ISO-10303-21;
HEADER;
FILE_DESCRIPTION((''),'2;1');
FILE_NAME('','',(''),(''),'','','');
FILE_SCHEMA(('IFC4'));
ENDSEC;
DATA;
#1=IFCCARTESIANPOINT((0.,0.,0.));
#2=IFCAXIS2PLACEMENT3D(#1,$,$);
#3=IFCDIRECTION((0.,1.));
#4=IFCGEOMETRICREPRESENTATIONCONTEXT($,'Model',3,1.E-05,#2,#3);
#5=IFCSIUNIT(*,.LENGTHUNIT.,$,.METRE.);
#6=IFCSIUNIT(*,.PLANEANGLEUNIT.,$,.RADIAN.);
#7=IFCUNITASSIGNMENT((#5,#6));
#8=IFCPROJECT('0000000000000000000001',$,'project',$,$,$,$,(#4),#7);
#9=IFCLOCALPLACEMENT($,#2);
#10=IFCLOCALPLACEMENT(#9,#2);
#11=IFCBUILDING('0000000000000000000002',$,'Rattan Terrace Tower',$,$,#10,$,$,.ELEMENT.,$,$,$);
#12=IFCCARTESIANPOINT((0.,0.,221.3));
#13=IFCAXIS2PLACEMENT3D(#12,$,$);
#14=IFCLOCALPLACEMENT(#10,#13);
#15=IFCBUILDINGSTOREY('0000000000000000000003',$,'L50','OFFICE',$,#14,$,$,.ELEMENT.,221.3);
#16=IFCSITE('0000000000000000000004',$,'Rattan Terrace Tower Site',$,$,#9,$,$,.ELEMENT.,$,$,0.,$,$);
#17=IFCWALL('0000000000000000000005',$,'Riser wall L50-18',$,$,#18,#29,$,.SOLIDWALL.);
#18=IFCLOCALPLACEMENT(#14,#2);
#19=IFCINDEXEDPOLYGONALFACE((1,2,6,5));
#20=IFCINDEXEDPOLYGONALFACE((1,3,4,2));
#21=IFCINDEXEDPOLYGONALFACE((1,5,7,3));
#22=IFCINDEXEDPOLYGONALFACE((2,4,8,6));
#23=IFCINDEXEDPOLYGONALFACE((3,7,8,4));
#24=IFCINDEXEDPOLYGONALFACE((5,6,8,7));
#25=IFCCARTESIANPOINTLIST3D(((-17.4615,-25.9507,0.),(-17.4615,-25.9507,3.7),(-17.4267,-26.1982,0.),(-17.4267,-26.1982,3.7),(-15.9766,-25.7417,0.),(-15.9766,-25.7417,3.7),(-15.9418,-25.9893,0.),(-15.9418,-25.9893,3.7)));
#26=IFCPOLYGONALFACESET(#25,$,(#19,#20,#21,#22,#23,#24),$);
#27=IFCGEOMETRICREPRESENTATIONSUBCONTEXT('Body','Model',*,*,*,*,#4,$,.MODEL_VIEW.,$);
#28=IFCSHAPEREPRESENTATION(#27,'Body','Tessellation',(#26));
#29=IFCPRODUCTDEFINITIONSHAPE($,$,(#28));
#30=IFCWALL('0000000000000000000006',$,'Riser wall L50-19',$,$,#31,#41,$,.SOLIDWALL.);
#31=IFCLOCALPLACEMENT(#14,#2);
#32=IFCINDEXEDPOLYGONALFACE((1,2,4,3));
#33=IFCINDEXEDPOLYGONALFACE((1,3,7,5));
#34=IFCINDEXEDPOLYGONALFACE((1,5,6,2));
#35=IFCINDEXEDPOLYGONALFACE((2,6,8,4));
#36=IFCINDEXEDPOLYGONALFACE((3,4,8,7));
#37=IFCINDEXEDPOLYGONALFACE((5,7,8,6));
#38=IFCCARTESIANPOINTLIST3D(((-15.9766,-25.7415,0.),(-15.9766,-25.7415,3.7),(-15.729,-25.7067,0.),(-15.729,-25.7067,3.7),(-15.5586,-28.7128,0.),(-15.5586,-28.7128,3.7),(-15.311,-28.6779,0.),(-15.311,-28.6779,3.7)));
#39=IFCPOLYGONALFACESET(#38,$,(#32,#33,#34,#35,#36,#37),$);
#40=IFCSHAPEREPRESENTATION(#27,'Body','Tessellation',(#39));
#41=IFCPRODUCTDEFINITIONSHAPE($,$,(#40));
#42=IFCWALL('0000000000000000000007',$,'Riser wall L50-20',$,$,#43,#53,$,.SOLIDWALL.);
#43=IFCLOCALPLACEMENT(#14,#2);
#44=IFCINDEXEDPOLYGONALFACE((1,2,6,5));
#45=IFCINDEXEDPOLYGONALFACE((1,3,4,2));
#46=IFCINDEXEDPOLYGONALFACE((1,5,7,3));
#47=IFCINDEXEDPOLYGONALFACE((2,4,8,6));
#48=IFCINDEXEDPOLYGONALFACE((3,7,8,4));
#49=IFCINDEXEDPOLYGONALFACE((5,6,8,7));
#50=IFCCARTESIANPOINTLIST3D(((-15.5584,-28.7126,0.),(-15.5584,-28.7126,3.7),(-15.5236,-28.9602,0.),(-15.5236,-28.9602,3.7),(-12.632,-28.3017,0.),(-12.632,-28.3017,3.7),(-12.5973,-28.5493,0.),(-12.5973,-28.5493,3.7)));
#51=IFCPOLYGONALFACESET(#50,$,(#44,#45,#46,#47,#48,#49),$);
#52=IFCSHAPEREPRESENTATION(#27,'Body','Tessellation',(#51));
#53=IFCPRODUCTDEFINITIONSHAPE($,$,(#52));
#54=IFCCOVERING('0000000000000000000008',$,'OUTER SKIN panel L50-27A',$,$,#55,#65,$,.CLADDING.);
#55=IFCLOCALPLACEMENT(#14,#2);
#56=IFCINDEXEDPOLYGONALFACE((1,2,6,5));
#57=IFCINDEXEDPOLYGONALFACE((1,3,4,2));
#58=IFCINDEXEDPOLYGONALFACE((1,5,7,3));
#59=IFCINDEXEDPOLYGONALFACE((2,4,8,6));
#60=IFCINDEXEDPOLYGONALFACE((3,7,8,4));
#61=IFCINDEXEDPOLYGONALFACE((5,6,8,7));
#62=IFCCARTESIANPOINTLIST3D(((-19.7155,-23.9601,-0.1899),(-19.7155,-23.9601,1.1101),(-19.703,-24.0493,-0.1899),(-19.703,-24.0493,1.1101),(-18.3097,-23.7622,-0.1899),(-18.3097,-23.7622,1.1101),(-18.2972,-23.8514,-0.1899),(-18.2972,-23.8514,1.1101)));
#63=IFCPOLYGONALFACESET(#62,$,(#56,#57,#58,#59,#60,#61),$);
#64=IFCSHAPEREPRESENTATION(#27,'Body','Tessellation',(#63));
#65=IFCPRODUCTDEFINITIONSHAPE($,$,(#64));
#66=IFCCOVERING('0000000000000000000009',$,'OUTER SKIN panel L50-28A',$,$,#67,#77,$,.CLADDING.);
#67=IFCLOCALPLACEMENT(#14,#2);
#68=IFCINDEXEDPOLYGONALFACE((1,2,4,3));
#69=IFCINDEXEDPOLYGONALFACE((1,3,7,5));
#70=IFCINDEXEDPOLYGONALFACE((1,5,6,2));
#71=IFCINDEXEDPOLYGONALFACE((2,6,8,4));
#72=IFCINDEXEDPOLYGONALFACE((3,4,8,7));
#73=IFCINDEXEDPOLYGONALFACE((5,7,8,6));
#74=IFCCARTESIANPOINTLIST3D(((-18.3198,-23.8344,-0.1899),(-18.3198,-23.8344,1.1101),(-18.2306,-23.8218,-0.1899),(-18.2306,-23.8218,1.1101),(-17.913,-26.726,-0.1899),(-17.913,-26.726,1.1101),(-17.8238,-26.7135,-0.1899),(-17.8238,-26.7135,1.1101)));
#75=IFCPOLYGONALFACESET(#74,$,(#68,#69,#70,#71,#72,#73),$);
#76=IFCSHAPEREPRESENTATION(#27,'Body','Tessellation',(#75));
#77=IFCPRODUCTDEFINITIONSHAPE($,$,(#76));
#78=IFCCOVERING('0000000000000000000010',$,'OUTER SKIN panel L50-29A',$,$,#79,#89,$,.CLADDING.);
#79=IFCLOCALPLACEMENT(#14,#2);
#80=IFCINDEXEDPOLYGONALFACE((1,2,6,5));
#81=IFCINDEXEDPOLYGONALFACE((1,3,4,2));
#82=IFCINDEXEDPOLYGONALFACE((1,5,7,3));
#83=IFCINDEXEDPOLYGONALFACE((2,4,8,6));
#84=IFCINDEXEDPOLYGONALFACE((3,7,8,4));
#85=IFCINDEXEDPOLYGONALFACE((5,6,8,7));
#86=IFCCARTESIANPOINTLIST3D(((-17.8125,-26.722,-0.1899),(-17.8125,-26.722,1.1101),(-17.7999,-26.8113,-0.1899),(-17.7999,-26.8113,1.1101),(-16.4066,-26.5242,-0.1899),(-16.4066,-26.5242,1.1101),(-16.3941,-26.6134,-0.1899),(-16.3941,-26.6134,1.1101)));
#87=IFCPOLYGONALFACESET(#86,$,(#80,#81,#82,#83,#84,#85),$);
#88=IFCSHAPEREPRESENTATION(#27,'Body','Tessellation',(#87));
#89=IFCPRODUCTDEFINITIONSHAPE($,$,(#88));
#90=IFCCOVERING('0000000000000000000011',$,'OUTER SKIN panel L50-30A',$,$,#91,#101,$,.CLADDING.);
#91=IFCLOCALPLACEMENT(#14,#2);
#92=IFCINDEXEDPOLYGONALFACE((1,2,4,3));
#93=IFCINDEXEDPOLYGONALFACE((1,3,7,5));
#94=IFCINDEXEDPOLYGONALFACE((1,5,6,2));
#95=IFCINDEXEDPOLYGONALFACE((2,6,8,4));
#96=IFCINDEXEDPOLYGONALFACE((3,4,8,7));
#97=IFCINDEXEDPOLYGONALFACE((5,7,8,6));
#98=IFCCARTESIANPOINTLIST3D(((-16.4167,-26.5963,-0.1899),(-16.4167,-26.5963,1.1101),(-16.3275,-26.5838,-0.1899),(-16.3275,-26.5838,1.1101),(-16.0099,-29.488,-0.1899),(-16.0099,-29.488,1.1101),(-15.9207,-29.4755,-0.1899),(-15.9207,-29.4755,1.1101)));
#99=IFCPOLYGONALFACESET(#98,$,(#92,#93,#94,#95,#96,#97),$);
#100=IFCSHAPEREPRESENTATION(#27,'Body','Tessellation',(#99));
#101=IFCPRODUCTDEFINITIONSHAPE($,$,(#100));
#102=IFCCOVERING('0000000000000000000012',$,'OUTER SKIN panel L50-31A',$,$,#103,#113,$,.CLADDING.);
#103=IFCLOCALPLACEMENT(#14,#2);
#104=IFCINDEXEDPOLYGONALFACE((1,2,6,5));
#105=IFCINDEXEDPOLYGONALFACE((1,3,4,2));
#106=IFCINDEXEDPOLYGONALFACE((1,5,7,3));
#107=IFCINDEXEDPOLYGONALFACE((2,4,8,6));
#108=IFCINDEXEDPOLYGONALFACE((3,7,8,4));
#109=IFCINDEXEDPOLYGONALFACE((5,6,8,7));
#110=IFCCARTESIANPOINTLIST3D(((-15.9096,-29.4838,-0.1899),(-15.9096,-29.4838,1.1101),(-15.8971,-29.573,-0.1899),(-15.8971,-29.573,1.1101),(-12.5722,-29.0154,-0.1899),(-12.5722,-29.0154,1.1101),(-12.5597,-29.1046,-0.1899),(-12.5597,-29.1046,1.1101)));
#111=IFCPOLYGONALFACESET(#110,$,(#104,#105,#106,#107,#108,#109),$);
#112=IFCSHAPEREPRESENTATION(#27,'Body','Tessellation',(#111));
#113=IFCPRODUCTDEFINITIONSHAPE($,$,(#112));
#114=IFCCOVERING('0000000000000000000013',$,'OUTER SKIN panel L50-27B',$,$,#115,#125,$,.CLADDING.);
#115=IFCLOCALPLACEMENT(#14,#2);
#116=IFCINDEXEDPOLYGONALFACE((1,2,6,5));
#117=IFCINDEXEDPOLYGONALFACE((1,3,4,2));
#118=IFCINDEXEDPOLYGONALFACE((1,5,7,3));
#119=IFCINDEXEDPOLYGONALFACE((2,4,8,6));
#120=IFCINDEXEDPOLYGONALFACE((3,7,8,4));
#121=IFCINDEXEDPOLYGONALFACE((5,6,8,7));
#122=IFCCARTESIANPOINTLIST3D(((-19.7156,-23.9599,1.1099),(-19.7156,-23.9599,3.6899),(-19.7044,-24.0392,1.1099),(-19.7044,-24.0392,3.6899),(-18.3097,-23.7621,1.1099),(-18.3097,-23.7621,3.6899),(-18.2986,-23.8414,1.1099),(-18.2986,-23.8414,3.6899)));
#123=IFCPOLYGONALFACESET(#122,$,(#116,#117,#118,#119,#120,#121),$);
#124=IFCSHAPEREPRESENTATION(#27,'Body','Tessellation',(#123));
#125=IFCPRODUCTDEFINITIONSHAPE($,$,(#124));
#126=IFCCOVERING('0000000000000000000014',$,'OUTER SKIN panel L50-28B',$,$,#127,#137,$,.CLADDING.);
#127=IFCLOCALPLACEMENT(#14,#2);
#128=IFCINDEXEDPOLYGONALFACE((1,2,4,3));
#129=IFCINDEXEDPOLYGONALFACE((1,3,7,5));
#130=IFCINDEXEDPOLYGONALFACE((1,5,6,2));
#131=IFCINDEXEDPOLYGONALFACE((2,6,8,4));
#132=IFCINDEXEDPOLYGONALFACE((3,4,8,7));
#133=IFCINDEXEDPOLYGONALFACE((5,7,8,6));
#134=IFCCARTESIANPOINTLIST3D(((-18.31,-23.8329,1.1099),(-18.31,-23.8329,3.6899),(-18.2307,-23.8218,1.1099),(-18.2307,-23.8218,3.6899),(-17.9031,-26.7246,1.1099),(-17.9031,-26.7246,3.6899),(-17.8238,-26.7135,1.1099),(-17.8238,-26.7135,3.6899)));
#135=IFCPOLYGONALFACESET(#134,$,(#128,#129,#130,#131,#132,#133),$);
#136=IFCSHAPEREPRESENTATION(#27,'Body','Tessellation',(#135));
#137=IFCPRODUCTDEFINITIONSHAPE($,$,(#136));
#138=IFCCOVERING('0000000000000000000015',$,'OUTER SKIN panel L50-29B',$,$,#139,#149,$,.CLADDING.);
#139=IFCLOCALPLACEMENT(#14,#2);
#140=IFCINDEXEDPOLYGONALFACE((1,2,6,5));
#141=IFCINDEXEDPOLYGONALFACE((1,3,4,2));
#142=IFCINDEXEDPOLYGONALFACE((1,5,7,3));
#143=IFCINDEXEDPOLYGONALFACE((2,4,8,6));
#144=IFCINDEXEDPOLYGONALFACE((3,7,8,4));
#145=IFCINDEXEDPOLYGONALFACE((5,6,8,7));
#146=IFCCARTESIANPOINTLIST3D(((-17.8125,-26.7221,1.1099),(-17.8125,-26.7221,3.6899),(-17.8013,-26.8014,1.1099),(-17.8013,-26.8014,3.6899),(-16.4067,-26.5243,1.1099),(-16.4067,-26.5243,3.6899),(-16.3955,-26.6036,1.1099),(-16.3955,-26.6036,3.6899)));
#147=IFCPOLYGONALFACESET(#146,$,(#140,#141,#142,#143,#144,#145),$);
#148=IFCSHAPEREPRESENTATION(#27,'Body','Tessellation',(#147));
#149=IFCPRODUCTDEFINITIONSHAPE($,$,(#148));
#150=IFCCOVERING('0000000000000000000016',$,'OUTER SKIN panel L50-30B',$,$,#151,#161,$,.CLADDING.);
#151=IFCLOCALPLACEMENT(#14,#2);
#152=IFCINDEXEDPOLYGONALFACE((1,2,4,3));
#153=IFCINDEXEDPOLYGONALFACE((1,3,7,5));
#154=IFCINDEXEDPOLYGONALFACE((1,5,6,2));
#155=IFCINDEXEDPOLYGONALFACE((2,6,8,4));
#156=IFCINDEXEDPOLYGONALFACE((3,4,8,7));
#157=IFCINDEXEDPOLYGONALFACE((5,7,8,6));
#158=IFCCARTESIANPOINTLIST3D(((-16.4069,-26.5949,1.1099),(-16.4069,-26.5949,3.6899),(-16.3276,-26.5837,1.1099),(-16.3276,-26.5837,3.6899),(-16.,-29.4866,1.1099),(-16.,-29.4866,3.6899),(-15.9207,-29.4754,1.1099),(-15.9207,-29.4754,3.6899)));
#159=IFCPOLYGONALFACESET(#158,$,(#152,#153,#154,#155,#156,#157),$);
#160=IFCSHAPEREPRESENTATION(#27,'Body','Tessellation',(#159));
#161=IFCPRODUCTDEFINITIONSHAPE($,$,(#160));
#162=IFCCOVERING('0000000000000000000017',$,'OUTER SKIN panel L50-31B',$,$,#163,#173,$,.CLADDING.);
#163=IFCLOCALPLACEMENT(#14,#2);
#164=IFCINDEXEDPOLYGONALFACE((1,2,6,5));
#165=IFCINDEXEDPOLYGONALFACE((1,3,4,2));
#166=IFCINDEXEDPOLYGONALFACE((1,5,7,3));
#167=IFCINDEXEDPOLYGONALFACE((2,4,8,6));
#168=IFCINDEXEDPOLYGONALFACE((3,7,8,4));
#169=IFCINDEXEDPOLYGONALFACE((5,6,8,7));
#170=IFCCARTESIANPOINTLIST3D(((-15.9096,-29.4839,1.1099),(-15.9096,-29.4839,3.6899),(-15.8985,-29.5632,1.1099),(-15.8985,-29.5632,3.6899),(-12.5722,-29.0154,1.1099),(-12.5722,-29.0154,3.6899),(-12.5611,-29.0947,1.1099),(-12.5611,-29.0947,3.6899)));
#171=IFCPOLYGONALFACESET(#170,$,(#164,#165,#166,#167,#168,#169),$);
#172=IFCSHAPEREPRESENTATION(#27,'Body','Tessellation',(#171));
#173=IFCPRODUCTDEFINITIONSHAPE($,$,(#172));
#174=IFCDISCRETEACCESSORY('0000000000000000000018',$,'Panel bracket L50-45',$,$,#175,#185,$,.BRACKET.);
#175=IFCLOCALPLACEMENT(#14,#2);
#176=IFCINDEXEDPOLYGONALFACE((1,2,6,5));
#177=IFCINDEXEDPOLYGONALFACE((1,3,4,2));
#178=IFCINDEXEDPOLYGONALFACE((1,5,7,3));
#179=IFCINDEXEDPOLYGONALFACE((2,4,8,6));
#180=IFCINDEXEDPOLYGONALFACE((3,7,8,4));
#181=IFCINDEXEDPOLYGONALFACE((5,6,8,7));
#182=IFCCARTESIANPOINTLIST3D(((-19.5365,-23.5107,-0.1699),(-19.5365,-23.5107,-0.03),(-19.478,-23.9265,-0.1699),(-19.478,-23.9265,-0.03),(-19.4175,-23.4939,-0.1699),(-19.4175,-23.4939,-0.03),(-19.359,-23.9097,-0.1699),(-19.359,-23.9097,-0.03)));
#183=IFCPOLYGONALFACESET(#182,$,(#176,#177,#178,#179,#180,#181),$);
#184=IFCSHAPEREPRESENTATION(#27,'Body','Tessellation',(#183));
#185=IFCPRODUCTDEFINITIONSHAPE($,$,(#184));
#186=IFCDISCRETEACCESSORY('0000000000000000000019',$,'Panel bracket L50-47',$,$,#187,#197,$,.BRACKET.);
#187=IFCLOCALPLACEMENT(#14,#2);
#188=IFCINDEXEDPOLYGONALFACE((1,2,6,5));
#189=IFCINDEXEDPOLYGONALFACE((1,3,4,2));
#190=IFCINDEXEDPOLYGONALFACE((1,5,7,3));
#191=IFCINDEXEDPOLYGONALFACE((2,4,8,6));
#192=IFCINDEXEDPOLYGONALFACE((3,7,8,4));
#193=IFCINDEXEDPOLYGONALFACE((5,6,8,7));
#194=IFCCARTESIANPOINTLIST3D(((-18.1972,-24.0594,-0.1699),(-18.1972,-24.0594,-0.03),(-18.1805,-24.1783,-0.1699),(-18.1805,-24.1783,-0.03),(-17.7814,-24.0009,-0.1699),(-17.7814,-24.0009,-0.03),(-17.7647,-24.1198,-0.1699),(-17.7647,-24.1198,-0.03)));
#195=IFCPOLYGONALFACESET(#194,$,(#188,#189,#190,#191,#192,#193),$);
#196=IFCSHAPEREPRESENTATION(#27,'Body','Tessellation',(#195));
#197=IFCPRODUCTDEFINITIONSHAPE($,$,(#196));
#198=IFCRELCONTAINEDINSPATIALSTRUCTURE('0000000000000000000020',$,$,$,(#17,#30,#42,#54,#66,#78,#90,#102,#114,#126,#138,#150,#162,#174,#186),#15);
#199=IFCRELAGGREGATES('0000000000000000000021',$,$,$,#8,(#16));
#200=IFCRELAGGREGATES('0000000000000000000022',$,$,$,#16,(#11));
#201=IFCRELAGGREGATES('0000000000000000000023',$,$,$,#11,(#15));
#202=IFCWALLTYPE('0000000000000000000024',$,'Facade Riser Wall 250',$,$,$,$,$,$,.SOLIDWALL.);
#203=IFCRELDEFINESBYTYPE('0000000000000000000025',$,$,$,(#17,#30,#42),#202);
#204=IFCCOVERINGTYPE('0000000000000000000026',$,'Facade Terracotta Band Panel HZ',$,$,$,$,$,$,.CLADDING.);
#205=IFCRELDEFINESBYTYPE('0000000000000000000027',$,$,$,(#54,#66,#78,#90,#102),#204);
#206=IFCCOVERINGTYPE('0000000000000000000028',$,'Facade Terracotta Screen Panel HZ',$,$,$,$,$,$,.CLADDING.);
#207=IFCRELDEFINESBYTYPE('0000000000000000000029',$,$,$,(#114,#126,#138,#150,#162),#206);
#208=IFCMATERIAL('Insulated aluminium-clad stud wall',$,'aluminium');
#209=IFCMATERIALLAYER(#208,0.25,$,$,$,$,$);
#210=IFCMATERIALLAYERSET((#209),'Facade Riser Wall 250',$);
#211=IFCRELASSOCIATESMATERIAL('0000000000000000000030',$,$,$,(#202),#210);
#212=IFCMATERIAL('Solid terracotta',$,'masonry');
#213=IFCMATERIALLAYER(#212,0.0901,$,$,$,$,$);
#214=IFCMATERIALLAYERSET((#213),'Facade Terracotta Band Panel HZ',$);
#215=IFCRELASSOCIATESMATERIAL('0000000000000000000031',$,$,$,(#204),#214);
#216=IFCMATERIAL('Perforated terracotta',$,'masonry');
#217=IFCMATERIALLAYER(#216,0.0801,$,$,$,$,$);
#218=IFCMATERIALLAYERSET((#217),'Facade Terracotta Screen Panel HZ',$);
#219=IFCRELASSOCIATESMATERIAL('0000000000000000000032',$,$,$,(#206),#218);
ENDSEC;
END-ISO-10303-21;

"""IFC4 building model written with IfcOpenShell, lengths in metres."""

from ifc_helpers import new_model, si_unit, direction, frame, frame_2d, origin, origin_2d, place, context, subcontext, project, spatial, rectangle, extrude, material, layer, layer_set, type_object, element, save


model = new_model("IFC4")

# Units and contexts
model_context = context("Model", 3, precision=1e-05, world=origin(), true_north=direction((0.0, 1.0)))
body_context = subcontext(model_context, "Body", "Model", "MODEL_VIEW")
ifc_project = project(units=[si_unit("LENGTHUNIT", "METRE"), si_unit("PLANEANGLEUNIT", "RADIAN")], contexts=[model_context])

# Site, building, storey
site_placement = place(None, origin())
site = spatial("IfcSite", under=ifc_project, at=site_placement, Name="Rattan Terrace Tower Site", CompositionType="ELEMENT", RefElevation=0.0)
building_placement = place(site_placement, origin())
building = spatial("IfcBuilding", under=site, at=building_placement, Name="Rattan Terrace Tower", CompositionType="ELEMENT")
storey_placement = place(building_placement, frame((0.0, 0.0, 221.3)))
storey = spatial("IfcBuildingStorey", under=building, at=storey_placement, Name="L50", Description="OFFICE", CompositionType="ELEMENT", Elevation=221.3)

# Walls
ifc_material_1 = material(Name="Insulated aluminium-clad stud wall", Category="aluminium")
ifc_layer_1 = layer(ifc_material_1, 0.25)
ifc_layer_set_1 = layer_set([ifc_layer_1], Name="Facade Riser Wall 250")
wall_type = type_object("IfcWallType", Name="Facade Riser Wall 250", PredefinedType="SOLIDWALL", material=ifc_layer_set_1)
wall_1_placement = place(storey_placement, frame((-17.4441, -26.0745, 0.0), z_axis=(0.0, 0.0, 1.0), x_axis=(0.99024, 0.13937, 0.0)))
element("IfcWall", 1, at=wall_1_placement, inside=storey, type_object=wall_type, Name="Riser wall L50-18", PredefinedType="SOLIDWALL", context=body_context, shape_type="SweptSolid", body=[
    extrude(rectangle(XDim=1.4995, YDim=0.25, at=frame_2d((0.7498, 0.0))), origin(), (0.0, 0.0, 1.0), 3.7),
])
wall_2_placement = place(storey_placement, frame((-15.8528, -25.7241, 0.0), z_axis=(0.0, 0.0, 1.0), x_axis=(0.139302, -0.99025, 0.0)))
element("IfcWall", 2, at=wall_2_placement, inside=storey, type_object=wall_type, Name="Riser wall L50-19", PredefinedType="SOLIDWALL", context=body_context, shape_type="SweptSolid", body=[
    extrude(rectangle(XDim=3.0005, YDim=0.25, at=frame_2d((1.5002, 0.0))), origin(), (0.0, 0.0, 1.0), 3.7),
])
wall_3_placement = place(storey_placement, frame((-15.541, -28.8364, 0.0), z_axis=(0.0, 0.0, 1.0), x_axis=(0.990285, 0.13905, 0.0)))
element("IfcWall", 3, at=wall_3_placement, inside=storey, type_object=wall_type, Name="Riser wall L50-20", PredefinedType="SOLIDWALL", context=body_context, shape_type="SweptSolid", body=[
    extrude(rectangle(XDim=2.9551, YDim=0.25, at=frame_2d((1.4775, 0.0))), origin(), (0.0, 0.0, 1.0), 3.7),
])

# Coverings
ifc_material_2 = material(Name="Solid terracotta", Category="masonry")
ifc_layer_2 = layer(ifc_material_2, 0.0901)
ifc_layer_set_2 = layer_set([ifc_layer_2], Name="Facade Terracotta Band Panel HZ")
covering_type_1 = type_object("IfcCoveringType", Name="Facade Terracotta Band Panel HZ", PredefinedType="CLADDING", material=ifc_layer_set_2)
covering_1_placement = place(storey_placement, frame((-19.0063, -23.9058, -0.1899), z_axis=(0.0, 0.0, 1.0), x_axis=(0.990241, 0.139367, 0.0)))
element("IfcCovering", 4, at=covering_1_placement, inside=storey, type_object=covering_type_1, Name="OUTER SKIN panel L50-27A", PredefinedType="CLADDING", context=body_context, shape_type="SweptSolid", body=[
    extrude(rectangle(XDim=1.4197, YDim=0.0901, at=origin_2d()), origin(), (0.0, 0.0, 1.0), 1.3),
])
covering_2_placement = place(storey_placement, frame((-18.0718, -25.2739, -0.1899), z_axis=(0.0, 0.0, 1.0), x_axis=(0.139321, -0.990247, 0.0)))
element("IfcCovering", 5, at=covering_2_placement, inside=storey, type_object=covering_type_1, Name="OUTER SKIN panel L50-28A", PredefinedType="CLADDING", context=body_context, shape_type="SweptSolid", body=[
    extrude(rectangle(XDim=2.9202, YDim=0.0901, at=origin_2d()), origin(), (0.0, 0.0, 1.0), 1.3),
])
covering_3_placement = place(storey_placement, frame((-17.1033, -26.6677, -0.1899), z_axis=(0.0, 0.0, 1.0), x_axis=(0.990241, 0.139367, 0.0)))
element("IfcCovering", 6, at=covering_3_placement, inside=storey, type_object=covering_type_1, Name="OUTER SKIN panel L50-29A", PredefinedType="CLADDING", context=body_context, shape_type="SweptSolid", body=[
    extrude(rectangle(XDim=1.4197, YDim=0.0901, at=origin_2d()), origin(), (0.0, 0.0, 1.0), 1.3),
])
covering_4_placement = place(storey_placement, frame((-16.1687, -28.0359, -0.1899), z_axis=(0.0, 0.0, 1.0), x_axis=(0.139321, -0.990247, 0.0)))
element("IfcCovering", 7, at=covering_4_placement, inside=storey, type_object=covering_type_1, Name="OUTER SKIN panel L50-30A", PredefinedType="CLADDING", context=body_context, shape_type="SweptSolid", body=[
    extrude(rectangle(XDim=2.9202, YDim=0.0901, at=origin_2d()), origin(), (0.0, 0.0, 1.0), 1.3),
])
covering_5_placement = place(storey_placement, frame((-14.2346, -29.2942, -0.1899), z_axis=(0.0, 0.0, 1.0), x_axis=(0.990293, 0.138994, 0.0)))
element("IfcCovering", 8, at=covering_5_placement, inside=storey, type_object=covering_type_1, Name="OUTER SKIN panel L50-31A", PredefinedType="CLADDING", context=body_context, shape_type="SweptSolid", body=[
    extrude(rectangle(XDim=3.3701, YDim=0.0901, at=origin_2d()), origin(), (0.0, 0.0, 1.0), 1.3),
])
ifc_material_3 = material(Name="Perforated terracotta", Category="masonry")
ifc_layer_3 = layer(ifc_material_3, 0.0801)
ifc_layer_set_3 = layer_set([ifc_layer_3], Name="Facade Terracotta Screen Panel HZ")
covering_type_2 = type_object("IfcCoveringType", Name="Facade Terracotta Screen Panel HZ", PredefinedType="CLADDING", material=ifc_layer_set_3)
covering_6_placement = place(storey_placement, frame((-19.0071, -23.9006, 1.1099), z_axis=(0.0, 0.0, 1.0), x_axis=(0.990241, 0.139367, 0.0)))
element("IfcCovering", 9, at=covering_6_placement, inside=storey, type_object=covering_type_2, Name="OUTER SKIN panel L50-27B", PredefinedType="CLADDING", context=body_context, shape_type="SweptSolid", body=[
    extrude(rectangle(XDim=1.4197, YDim=0.0801, at=origin_2d()), origin(), (0.0, 0.0, 1.0), 2.5801),
])
covering_7_placement = place(storey_placement, frame((-18.0669, -25.2732, 1.1099), z_axis=(0.0, 0.0, 1.0), x_axis=(0.139321, -0.990247, 0.0)))
element("IfcCovering", 10, at=covering_7_placement, inside=storey, type_object=covering_type_2, Name="OUTER SKIN panel L50-28B", PredefinedType="CLADDING", context=body_context, shape_type="SweptSolid", body=[
    extrude(rectangle(XDim=2.9202, YDim=0.0801, at=origin_2d()), origin(), (0.0, 0.0, 1.0), 2.5801),
])
covering_8_placement = place(storey_placement, frame((-17.104, -26.6628, 1.1099), z_axis=(0.0, 0.0, 1.0), x_axis=(0.990241, 0.139367, 0.0)))
element("IfcCovering", 11, at=covering_8_placement, inside=storey, type_object=covering_type_2, Name="OUTER SKIN panel L50-29B", PredefinedType="CLADDING", context=body_context, shape_type="SweptSolid", body=[
    extrude(rectangle(XDim=1.4197, YDim=0.0801, at=origin_2d()), origin(), (0.0, 0.0, 1.0), 2.5801),
])
covering_9_placement = place(storey_placement, frame((-16.1638, -28.0352, 1.1099), z_axis=(0.0, 0.0, 1.0), x_axis=(0.139321, -0.990247, 0.0)))
element("IfcCovering", 12, at=covering_9_placement, inside=storey, type_object=covering_type_2, Name="OUTER SKIN panel L50-30B", PredefinedType="CLADDING", context=body_context, shape_type="SweptSolid", body=[
    extrude(rectangle(XDim=2.9202, YDim=0.0801, at=origin_2d()), origin(), (0.0, 0.0, 1.0), 2.5801),
])
covering_10_placement = place(storey_placement, frame((-14.2354, -29.2893, 1.1099), z_axis=(0.0, 0.0, 1.0), x_axis=(0.990293, 0.138994, 0.0)))
element("IfcCovering", 13, at=covering_10_placement, inside=storey, type_object=covering_type_2, Name="OUTER SKIN panel L50-31B", PredefinedType="CLADDING", context=body_context, shape_type="SweptSolid", body=[
    extrude(rectangle(XDim=3.3701, YDim=0.0801, at=origin_2d()), origin(), (0.0, 0.0, 1.0), 2.5801),
])

# Discrete accessories
for number, where, z_axis, x_axis, name in (
    (14, (-19.4478, -23.7102, -0.1699), (0.0, 0.0, 1.0), (0.990241, 0.139367, 0.0), "Panel bracket L50-45"),
    (15, (-17.981, -24.0896, -0.1699), (0.0, 0.0, 1.0), (0.139321, -0.990247, 0.0), "Panel bracket L50-47"),
):
    element("IfcDiscreteAccessory", number, at=place(storey_placement, frame(where, z_axis=z_axis, x_axis=x_axis)), inside=storey, Name=name, PredefinedType="BRACKET", context=body_context, shape_type="SweptSolid", body=[
        extrude(rectangle(XDim=0.1201, YDim=0.4199, at=origin_2d()), origin(), (0.0, 0.0, 1.0), 0.1399),
    ])

save(model, "model.ifc")
